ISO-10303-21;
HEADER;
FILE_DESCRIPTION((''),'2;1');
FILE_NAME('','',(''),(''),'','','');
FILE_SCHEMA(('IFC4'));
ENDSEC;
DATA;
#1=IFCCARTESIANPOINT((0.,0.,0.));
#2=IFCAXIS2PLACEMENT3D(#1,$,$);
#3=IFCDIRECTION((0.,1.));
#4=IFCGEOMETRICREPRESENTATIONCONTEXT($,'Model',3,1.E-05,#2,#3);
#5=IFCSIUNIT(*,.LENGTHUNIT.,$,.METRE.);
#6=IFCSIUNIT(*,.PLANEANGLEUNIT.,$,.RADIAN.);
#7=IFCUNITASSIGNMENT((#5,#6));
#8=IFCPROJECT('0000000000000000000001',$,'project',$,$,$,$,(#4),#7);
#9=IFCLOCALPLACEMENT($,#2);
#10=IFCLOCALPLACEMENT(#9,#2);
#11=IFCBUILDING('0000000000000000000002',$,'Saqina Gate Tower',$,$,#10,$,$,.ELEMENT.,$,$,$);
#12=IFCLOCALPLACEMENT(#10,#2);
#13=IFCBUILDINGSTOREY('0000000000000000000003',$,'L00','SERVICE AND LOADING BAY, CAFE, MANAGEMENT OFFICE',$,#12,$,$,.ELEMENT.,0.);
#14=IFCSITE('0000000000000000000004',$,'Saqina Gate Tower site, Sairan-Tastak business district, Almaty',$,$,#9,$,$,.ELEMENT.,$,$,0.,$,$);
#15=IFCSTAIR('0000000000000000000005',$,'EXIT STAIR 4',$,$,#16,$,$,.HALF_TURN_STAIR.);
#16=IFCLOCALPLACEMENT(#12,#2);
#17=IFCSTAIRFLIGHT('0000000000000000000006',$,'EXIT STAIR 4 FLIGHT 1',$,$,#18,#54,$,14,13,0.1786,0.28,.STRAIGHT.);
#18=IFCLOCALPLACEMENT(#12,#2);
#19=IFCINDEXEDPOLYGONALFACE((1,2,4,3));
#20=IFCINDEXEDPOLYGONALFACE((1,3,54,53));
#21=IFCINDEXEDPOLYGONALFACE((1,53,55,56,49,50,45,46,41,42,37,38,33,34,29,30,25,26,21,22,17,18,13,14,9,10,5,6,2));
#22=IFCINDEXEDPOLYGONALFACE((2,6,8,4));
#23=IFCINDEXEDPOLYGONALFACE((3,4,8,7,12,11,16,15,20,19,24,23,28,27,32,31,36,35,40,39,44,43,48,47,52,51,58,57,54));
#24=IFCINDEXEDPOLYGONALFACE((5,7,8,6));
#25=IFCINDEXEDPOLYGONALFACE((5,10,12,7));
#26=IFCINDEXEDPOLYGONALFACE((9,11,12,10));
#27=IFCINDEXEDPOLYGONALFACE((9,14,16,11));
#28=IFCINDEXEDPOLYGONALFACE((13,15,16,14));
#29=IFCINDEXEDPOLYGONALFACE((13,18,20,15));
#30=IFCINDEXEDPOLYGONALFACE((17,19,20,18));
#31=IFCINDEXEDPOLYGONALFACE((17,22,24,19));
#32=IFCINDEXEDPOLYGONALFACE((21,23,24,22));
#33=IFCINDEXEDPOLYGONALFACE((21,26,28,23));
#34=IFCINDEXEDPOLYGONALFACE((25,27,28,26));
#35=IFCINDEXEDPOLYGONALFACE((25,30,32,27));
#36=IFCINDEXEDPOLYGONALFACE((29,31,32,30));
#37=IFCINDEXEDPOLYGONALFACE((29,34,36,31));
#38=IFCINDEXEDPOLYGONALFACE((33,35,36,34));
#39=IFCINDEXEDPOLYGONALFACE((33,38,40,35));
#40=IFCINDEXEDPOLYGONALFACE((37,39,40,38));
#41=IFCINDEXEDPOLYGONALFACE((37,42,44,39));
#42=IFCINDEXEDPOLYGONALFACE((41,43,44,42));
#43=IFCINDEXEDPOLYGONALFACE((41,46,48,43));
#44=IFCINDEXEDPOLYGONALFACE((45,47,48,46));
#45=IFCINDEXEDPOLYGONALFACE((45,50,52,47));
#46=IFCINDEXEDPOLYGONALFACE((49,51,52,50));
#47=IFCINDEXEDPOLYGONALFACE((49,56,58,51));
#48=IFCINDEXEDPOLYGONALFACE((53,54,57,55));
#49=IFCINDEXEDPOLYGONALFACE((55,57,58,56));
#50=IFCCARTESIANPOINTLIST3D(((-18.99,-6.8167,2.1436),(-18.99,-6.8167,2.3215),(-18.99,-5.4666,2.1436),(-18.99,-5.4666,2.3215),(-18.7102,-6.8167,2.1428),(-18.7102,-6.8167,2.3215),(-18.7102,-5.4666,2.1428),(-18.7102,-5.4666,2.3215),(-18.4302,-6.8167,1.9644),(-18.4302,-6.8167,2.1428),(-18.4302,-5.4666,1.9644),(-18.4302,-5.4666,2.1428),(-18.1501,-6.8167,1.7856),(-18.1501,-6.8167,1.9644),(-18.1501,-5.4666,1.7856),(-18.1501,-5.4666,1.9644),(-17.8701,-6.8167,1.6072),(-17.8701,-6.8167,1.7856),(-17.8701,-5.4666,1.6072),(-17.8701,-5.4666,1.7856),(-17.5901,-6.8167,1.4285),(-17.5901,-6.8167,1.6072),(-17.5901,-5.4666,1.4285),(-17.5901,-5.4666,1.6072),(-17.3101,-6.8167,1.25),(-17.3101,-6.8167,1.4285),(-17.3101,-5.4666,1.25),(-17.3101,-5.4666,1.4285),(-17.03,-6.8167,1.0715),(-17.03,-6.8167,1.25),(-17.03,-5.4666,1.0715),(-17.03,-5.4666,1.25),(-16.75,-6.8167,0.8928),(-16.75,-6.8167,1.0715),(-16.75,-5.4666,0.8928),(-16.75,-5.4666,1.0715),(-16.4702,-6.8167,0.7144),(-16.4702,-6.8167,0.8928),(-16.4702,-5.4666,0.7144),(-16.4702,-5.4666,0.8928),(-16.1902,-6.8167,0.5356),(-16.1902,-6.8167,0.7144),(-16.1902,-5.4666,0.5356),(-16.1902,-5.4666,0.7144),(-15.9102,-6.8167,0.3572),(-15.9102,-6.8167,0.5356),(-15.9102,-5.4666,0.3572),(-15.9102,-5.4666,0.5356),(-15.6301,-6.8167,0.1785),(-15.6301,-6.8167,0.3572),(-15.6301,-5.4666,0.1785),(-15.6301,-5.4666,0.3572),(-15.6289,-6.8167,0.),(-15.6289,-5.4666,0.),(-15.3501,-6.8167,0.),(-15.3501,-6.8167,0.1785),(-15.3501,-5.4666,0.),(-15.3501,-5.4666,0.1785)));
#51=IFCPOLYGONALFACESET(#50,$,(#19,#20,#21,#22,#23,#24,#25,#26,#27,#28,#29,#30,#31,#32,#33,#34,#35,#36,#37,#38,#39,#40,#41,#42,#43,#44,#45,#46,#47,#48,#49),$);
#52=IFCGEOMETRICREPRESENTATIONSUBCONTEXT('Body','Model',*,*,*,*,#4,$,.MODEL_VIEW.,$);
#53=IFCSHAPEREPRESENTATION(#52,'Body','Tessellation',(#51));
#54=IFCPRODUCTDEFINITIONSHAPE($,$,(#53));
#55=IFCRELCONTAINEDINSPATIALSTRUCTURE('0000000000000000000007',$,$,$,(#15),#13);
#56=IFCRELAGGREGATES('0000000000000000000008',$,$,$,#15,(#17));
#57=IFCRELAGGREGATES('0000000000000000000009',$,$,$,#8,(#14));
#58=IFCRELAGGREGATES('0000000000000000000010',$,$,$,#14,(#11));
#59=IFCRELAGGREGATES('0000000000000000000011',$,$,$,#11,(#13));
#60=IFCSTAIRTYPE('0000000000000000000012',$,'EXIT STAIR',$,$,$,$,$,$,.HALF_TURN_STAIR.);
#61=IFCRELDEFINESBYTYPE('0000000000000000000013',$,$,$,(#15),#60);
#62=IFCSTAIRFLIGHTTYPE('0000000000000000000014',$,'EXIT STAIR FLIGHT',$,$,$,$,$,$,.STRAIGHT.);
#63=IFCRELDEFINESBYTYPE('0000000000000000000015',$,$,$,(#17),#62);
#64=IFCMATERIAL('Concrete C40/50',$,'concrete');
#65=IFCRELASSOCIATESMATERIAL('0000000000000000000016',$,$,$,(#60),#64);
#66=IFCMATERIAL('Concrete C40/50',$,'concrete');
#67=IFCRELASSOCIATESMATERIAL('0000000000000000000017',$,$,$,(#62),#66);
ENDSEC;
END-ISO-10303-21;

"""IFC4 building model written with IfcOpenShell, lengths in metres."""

from ifc_helpers import new_model, si_unit, direction, frame, origin, place, context, subcontext, project, spatial, polyline, outline, extrude, material, type_object, element, aggregate, save


model = new_model("IFC4")

# Units and contexts
model_context = context("Model", 3, precision=1e-05, world=origin(), true_north=direction((0.0, 1.0)))
body_context = subcontext(model_context, "Body", "Model", "MODEL_VIEW")
ifc_project = project(units=[si_unit("LENGTHUNIT", "METRE"), si_unit("PLANEANGLEUNIT", "RADIAN")], contexts=[model_context])

# Site, building, storey
site_placement = place(None, origin())
site = spatial("IfcSite", under=ifc_project, at=site_placement, Name="Saqina Gate Tower site, Sairan-Tastak business district, Almaty", CompositionType="ELEMENT", RefElevation=0.0)
building_placement = place(site_placement, origin())
building = spatial("IfcBuilding", under=site, at=building_placement, Name="Saqina Gate Tower", CompositionType="ELEMENT")
storey_placement = place(building_placement, origin())
storey = spatial("IfcBuildingStorey", under=building, at=storey_placement, Name="L00", Description="SERVICE AND LOADING BAY, CAFE, MANAGEMENT OFFICE", CompositionType="ELEMENT", Elevation=0.0)

# Stair, stair flight
ifc_material_1 = material(Name="Concrete C40/50", Category="concrete")
stair_type = type_object("IfcStairType", Name="EXIT STAIR", PredefinedType="HALF_TURN_STAIR", material=ifc_material_1)
stair_placement = place(storey_placement, origin())
stair = element("IfcStair", 1, at=stair_placement, inside=storey, type_object=stair_type, Name="EXIT STAIR 4", PredefinedType="HALF_TURN_STAIR")
ifc_material_2 = material(Name="Concrete C40/50", Category="concrete")
stair_flight_type = type_object("IfcStairFlightType", Name="EXIT STAIR FLIGHT", PredefinedType="STRAIGHT", material=ifc_material_2)
stair_flight_placement = place(storey_placement, frame((-15.3501, -6.1416, 0.0), z_axis=(0.0, 0.0, 1.0), x_axis=(-1.0, 0.0, 0.0)))
stair_flight = element("IfcStairFlight", 2, at=stair_flight_placement, type_object=stair_flight_type, Name="EXIT STAIR 4 FLIGHT 1", NumberOfRisers=14, NumberOfTreads=13, PredefinedType="STRAIGHT", RiserHeight=0.1786, TreadLength=0.28, context=body_context, shape_type="SweptSolid", body=[
    extrude(outline(polyline([(0.0, 0.0), (0.0, 0.1785), (0.28, 0.1785), (0.28, 0.3572), (0.5601, 0.3572), (0.5601, 0.5356), (0.8401, 0.5356), (0.8401, 0.7144), (1.1201, 0.7144), (1.1201, 0.8928), (1.3999, 0.8928), (1.3999, 1.0715), (1.6799, 1.0715), (1.6799, 1.25), (1.96, 1.25), (1.96, 1.4285), (2.24, 1.4285), (2.24, 1.6072), (2.52, 1.6072), (2.52, 1.7856), (2.8, 1.7856), (2.8, 1.9644), (3.0801, 1.9644), (3.0801, 2.1428), (3.3601, 2.1428), (3.3601, 2.3215), (3.6399, 2.3215), (3.6399, 2.5), (3.6399, 2.1436), (0.2788, 0.0), (0.0, 0.0)])), frame((0.0, 0.675, 0.0), z_axis=(0.0, -1.0, 0.0), x_axis=(1.0, 0.0, 0.0)), (0.0, 0.0, 1.0), 1.3501),
])
aggregate(stair, [stair_flight])

save(model, "model.ifc")
